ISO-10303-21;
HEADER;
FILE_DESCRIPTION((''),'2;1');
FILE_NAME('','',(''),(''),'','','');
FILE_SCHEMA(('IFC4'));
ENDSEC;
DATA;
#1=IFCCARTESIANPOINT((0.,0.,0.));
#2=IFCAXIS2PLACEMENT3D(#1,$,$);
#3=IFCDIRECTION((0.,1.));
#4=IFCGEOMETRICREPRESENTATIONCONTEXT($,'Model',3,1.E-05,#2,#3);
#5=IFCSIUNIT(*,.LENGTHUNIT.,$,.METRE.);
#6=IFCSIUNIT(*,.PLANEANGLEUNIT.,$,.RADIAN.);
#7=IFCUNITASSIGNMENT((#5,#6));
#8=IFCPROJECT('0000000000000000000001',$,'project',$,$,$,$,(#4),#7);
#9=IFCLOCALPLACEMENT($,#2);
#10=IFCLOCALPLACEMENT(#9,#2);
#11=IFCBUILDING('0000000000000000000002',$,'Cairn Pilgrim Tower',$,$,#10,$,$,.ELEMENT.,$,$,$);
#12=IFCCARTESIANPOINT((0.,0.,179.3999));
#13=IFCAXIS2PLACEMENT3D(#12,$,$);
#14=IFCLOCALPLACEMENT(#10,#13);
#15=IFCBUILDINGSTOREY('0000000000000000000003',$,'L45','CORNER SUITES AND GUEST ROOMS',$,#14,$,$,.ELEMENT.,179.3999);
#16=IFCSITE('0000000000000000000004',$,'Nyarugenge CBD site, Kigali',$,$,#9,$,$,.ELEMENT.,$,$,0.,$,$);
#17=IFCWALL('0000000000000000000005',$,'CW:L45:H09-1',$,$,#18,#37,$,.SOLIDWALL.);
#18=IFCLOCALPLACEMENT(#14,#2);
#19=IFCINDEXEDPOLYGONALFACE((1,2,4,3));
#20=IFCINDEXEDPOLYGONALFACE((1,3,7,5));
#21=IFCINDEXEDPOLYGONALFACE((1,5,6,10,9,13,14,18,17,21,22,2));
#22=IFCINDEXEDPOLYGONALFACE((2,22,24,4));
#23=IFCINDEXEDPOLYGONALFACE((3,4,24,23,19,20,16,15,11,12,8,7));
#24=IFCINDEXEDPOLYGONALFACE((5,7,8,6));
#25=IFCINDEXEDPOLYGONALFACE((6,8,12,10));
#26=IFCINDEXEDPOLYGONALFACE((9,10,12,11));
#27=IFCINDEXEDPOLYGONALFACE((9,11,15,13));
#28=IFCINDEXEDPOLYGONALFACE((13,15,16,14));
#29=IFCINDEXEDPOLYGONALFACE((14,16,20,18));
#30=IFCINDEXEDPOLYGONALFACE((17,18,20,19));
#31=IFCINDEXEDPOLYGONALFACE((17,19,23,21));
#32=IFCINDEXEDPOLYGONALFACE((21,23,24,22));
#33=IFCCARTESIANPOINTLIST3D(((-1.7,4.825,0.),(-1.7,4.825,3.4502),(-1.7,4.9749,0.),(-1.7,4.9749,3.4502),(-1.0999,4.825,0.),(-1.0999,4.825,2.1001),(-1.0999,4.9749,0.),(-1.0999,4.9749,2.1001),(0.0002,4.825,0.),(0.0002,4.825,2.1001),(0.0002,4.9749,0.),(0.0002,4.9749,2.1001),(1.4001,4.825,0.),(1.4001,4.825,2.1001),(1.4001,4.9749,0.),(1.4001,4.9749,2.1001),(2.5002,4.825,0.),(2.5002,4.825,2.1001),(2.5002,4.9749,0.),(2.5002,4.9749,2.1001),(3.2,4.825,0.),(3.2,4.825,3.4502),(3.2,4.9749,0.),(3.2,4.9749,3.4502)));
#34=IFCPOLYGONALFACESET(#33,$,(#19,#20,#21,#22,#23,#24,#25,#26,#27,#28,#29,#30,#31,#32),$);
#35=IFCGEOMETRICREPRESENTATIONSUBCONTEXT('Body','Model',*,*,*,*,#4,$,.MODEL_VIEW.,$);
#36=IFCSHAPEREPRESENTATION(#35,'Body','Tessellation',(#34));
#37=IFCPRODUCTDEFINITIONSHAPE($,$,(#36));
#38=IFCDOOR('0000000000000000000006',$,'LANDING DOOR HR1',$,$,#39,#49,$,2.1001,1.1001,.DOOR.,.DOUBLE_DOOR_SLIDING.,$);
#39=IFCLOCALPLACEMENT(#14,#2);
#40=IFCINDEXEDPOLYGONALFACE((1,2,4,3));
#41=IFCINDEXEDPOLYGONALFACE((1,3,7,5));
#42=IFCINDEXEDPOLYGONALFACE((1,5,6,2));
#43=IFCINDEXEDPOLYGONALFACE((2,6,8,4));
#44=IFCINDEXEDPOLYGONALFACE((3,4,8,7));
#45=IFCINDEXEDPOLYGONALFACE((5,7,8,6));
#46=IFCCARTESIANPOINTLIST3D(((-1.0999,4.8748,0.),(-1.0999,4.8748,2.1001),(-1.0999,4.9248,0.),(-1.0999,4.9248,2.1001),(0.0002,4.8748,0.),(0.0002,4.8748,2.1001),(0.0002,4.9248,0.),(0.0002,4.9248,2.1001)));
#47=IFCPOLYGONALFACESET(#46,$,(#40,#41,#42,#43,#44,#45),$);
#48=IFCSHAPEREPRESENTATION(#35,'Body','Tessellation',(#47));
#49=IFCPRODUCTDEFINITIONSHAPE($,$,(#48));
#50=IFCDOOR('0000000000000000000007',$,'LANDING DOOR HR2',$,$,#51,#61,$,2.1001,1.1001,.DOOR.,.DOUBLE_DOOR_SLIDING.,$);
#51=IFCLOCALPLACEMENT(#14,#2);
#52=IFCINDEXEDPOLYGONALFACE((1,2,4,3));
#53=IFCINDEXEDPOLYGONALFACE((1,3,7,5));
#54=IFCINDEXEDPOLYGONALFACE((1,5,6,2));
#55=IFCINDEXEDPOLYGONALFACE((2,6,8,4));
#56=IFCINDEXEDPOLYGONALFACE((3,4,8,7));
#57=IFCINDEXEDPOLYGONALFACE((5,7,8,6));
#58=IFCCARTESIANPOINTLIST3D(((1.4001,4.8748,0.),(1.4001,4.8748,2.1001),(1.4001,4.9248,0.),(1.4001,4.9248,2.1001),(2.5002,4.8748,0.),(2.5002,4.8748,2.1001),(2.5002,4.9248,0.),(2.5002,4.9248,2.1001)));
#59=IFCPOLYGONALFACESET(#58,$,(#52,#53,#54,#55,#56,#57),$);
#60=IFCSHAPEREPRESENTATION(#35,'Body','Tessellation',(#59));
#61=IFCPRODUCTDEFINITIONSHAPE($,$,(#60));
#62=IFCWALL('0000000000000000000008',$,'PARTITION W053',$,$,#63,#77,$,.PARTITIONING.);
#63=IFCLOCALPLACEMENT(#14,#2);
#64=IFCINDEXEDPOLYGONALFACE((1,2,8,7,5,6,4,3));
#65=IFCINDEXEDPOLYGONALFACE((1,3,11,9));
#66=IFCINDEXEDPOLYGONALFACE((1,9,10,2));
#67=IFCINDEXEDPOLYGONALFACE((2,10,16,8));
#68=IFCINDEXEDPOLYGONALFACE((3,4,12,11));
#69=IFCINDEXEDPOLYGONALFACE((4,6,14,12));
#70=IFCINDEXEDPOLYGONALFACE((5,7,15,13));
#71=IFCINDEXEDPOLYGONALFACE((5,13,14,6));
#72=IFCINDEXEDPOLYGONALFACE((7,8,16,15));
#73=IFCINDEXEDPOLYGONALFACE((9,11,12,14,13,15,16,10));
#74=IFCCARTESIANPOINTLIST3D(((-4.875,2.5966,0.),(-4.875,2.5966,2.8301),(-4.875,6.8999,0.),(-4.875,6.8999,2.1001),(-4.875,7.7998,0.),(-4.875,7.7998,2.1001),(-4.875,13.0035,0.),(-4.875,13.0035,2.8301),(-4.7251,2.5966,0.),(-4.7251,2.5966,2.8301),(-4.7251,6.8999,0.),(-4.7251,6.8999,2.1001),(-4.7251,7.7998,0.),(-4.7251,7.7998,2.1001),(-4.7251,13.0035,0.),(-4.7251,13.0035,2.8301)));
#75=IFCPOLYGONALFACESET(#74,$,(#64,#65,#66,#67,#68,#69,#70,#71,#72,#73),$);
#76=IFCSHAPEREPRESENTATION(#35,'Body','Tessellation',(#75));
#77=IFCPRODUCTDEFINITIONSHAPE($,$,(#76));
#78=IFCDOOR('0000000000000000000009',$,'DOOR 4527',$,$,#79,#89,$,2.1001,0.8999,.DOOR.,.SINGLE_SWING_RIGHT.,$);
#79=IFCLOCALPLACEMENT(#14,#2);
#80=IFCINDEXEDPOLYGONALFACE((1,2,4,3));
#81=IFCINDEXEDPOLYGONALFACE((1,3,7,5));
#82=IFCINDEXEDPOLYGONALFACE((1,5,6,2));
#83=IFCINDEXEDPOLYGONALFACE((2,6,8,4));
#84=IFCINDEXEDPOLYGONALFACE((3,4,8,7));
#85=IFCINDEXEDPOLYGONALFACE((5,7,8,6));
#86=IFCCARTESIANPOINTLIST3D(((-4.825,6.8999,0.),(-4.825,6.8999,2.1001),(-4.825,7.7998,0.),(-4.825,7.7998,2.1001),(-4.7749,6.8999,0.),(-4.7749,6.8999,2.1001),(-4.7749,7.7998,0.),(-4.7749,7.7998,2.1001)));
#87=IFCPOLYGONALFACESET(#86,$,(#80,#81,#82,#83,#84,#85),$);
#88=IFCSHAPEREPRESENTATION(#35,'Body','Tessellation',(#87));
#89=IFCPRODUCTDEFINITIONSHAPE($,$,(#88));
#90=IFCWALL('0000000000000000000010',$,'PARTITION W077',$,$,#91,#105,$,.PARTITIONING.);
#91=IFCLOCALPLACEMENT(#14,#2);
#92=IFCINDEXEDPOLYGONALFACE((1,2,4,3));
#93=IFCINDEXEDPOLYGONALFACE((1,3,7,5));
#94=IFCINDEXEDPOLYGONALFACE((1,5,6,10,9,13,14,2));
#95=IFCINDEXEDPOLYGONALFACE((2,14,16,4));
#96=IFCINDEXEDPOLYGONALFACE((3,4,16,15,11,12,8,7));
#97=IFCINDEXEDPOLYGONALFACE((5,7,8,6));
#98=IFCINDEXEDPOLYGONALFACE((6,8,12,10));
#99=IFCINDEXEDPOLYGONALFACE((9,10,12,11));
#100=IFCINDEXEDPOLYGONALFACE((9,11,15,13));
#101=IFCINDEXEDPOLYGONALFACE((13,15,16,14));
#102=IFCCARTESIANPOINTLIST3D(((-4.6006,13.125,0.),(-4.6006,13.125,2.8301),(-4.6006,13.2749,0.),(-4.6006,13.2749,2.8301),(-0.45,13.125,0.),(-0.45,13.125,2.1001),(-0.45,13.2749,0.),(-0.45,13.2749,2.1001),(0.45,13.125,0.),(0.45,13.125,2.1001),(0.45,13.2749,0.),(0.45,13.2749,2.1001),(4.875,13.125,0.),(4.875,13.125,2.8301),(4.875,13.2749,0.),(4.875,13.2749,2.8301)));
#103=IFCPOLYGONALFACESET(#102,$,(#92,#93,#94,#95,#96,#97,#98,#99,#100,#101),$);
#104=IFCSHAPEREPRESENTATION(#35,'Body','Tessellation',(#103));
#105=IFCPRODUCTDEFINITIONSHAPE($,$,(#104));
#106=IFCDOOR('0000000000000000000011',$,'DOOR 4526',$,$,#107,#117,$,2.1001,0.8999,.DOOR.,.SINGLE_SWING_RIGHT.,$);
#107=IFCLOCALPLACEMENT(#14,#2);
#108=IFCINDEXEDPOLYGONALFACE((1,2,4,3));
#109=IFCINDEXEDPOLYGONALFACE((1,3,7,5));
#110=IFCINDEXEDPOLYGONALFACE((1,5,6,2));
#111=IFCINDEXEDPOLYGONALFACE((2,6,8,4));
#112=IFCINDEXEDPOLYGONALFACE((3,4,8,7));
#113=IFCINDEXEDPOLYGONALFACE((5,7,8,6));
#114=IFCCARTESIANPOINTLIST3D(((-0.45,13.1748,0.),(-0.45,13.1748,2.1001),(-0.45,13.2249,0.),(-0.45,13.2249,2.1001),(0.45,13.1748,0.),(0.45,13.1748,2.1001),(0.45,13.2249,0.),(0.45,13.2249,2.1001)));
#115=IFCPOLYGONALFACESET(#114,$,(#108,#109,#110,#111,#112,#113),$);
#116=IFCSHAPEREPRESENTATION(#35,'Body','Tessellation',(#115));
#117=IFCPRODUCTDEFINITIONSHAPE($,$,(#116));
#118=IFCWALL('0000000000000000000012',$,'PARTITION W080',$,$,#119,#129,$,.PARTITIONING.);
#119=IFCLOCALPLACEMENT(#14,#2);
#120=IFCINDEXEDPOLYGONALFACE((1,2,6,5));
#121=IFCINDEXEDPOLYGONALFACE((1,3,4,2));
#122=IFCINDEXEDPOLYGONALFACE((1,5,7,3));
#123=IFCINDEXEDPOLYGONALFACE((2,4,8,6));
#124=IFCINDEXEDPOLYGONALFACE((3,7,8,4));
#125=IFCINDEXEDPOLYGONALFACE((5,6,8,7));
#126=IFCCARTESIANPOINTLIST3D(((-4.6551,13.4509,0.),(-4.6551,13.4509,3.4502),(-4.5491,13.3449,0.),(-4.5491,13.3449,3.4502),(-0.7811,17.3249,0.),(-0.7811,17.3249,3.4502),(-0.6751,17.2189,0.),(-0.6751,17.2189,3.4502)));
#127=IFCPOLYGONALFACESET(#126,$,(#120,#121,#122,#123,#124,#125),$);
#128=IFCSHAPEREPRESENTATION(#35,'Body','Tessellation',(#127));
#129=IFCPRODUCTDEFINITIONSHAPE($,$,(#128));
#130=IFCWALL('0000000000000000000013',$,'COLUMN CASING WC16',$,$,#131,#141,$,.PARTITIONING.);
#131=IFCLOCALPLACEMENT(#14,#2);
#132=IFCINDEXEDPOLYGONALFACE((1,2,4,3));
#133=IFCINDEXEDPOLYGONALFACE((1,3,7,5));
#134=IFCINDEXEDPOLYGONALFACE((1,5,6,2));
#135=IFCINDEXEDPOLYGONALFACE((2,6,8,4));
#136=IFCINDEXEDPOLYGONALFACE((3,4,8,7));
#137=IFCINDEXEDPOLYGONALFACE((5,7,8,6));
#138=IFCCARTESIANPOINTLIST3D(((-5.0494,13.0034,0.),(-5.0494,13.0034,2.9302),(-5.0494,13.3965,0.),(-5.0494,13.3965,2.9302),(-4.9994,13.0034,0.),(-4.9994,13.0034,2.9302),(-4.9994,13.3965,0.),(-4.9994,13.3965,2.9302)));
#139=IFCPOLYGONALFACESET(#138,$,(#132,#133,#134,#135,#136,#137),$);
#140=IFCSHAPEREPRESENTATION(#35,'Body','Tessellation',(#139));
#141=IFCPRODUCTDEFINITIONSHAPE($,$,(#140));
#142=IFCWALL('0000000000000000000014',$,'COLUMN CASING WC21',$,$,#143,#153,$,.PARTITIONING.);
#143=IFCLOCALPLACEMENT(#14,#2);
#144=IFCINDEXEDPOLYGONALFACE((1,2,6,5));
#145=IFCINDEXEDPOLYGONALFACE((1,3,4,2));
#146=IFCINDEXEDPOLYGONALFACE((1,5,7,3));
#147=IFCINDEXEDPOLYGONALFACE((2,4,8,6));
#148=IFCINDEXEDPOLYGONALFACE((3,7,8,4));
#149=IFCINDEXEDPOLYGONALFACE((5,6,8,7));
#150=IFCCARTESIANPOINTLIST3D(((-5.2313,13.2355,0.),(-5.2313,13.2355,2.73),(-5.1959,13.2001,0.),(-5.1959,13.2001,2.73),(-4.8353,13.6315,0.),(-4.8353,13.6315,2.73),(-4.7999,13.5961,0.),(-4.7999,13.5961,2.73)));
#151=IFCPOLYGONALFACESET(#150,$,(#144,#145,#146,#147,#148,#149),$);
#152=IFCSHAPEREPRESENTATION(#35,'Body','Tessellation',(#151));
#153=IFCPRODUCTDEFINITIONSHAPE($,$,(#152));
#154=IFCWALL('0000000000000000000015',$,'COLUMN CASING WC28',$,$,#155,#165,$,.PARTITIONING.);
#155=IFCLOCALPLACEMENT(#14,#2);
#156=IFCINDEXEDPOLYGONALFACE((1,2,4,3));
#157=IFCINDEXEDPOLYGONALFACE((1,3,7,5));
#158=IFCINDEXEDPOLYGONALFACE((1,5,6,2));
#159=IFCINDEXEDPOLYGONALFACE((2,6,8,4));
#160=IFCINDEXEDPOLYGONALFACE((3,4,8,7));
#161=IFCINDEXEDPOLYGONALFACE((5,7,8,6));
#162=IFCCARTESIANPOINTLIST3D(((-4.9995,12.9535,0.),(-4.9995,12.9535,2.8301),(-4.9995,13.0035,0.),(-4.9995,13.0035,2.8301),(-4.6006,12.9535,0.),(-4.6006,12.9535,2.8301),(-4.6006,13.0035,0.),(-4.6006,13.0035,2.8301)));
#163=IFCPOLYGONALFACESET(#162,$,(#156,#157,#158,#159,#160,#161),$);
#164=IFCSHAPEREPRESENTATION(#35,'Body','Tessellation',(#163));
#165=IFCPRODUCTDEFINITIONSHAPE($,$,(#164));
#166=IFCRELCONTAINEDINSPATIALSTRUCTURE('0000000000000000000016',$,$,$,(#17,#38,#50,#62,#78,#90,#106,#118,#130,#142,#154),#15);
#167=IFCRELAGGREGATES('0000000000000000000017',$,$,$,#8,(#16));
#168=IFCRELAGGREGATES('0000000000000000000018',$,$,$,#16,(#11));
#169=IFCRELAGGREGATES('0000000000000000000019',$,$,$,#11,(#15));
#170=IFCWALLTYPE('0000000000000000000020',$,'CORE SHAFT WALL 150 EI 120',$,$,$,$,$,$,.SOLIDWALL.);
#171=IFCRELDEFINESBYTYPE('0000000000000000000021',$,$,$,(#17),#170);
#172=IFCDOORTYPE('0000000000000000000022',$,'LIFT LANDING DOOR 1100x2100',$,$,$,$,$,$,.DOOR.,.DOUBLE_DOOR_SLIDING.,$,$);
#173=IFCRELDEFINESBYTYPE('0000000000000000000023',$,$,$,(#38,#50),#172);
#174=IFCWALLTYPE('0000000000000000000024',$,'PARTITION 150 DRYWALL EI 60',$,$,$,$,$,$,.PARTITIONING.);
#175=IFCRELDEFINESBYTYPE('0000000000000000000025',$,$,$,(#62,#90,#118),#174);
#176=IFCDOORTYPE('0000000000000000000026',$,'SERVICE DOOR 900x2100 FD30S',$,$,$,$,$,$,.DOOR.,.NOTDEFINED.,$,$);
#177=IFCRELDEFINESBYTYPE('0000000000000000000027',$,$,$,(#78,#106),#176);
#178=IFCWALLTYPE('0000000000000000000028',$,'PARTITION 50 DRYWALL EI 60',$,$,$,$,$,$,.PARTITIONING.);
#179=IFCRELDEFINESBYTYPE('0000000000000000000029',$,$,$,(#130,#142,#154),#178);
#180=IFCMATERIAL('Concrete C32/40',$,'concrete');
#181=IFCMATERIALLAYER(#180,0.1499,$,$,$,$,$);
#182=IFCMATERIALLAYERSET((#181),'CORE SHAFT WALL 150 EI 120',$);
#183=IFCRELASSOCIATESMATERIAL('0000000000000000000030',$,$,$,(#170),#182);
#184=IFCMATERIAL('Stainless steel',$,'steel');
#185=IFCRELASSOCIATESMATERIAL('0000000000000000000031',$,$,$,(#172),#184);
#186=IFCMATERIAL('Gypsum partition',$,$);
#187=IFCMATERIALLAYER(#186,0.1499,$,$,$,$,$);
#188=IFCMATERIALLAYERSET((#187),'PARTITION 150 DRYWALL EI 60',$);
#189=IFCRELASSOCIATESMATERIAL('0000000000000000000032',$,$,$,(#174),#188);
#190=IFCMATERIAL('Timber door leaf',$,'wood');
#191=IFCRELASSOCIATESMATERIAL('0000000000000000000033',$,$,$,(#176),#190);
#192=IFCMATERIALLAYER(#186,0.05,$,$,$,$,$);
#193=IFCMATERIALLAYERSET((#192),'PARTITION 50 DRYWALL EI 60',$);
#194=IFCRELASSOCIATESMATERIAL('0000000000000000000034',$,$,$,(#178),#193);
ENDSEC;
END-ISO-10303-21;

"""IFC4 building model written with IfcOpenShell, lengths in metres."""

from ifc_helpers import new_model, si_unit, direction, frame, frame_2d, origin, place, context, subcontext, project, spatial, rectangle, extrude, material, layer, layer_set, type_object, element, fill, save


model = new_model("IFC4")

# Units and contexts
model_context = context("Model", 3, precision=1e-05, world=origin(), true_north=direction((0.0, 1.0)))
body_context = subcontext(model_context, "Body", "Model", "MODEL_VIEW")
ifc_project = project(units=[si_unit("LENGTHUNIT", "METRE"), si_unit("PLANEANGLEUNIT", "RADIAN")], contexts=[model_context])

# Site, building, storey
site_placement = place(None, origin())
site = spatial("IfcSite", under=ifc_project, at=site_placement, Name="Nyarugenge CBD site, Kigali", CompositionType="ELEMENT", RefElevation=0.0)
building_placement = place(site_placement, origin())
building = spatial("IfcBuilding", under=site, at=building_placement, Name="Cairn Pilgrim Tower", CompositionType="ELEMENT")
storey_placement = place(building_placement, frame((0.0, 0.0, 179.3999)))
storey = spatial("IfcBuildingStorey", under=building, at=storey_placement, Name="L45", Description="CORNER SUITES AND GUEST ROOMS", CompositionType="ELEMENT", Elevation=179.3999)

# Wall, openings, doors
ifc_material_1 = material(Name="Concrete C32/40", Category="concrete")
ifc_layer_1 = layer(ifc_material_1, 0.1499)
ifc_layer_set_1 = layer_set([ifc_layer_1], Name="CORE SHAFT WALL 150 EI 120")
wall_type_1 = type_object("IfcWallType", Name="CORE SHAFT WALL 150 EI 120", PredefinedType="SOLIDWALL", material=ifc_layer_set_1)
wall_1_placement = place(storey_placement, frame((-1.7, 4.8999, 0.0), z_axis=(0.0, 0.0, 1.0), x_axis=(1.0, 0.0, 0.0)))
wall_1 = element("IfcWall", 1, at=wall_1_placement, inside=storey, type_object=wall_type_1, Name="CW:L45:H09-1", PredefinedType="SOLIDWALL", context=body_context, shape_type="SweptSolid", body=[
    extrude(rectangle(XDim=4.8999, YDim=0.1499, at=frame_2d((2.45, 0.0))), origin(), (0.0, 0.0, 1.0), 3.4502),
])
opening_1_placement = place(wall_1_placement, frame((0.6001, 0.0, 0.0)))
opening_1 = element("IfcOpeningElement", 2, at=opening_1_placement, cuts=wall_1, PredefinedType="OPENING", context=body_context, shape_type="SweptSolid", body=[
    extrude(rectangle(XDim=1.1001, YDim=2.1001, at=frame_2d((0.55, 1.05))), frame((0.0, 0.085, 0.0), z_axis=(0.0, -1.0, 0.0), x_axis=(1.0, 0.0, 0.0)), (0.0, 0.0, 1.0), 0.1699),
])
opening_2_placement = place(wall_1_placement, frame((3.1001, 0.0, 0.0)))
opening_2 = element("IfcOpeningElement", 3, at=opening_2_placement, cuts=wall_1, PredefinedType="OPENING", context=body_context, shape_type="SweptSolid", body=[
    extrude(rectangle(XDim=1.1001, YDim=2.1001, at=frame_2d((0.55, 1.05))), frame((0.0, 0.085, 0.0), z_axis=(0.0, -1.0, 0.0), x_axis=(1.0, 0.0, 0.0)), (0.0, 0.0, 1.0), 0.1699),
])
ifc_material_2 = material(Name="Stainless steel", Category="steel")
door_type_1 = type_object("IfcDoorType", Name="LIFT LANDING DOOR 1100x2100", OperationType="DOUBLE_DOOR_SLIDING", PredefinedType="DOOR", material=ifc_material_2)
door_1_placement = place(opening_1_placement, origin())
door_1 = element("IfcDoor", 4, at=door_1_placement, inside=storey, type_object=door_type_1, Name="LANDING DOOR HR1", OperationType="DOUBLE_DOOR_SLIDING", OverallHeight=2.1001, OverallWidth=1.1001, PredefinedType="DOOR", context=body_context, shape_type="SweptSolid", body=[
    extrude(rectangle(XDim=1.1001, YDim=2.1001, at=frame_2d((0.55, 1.05))), frame((0.0, 0.0249, 0.0), z_axis=(0.0, -1.0, 0.0), x_axis=(1.0, 0.0, 0.0)), (0.0, 0.0, 1.0), 0.05),
])
fill(opening_1, door_1)
door_2_placement = place(opening_2_placement, origin())
door_2 = element("IfcDoor", 5, at=door_2_placement, inside=storey, type_object=door_type_1, Name="LANDING DOOR HR2", OperationType="DOUBLE_DOOR_SLIDING", OverallHeight=2.1001, OverallWidth=1.1001, PredefinedType="DOOR", context=body_context, shape_type="SweptSolid", body=[
    extrude(rectangle(XDim=1.1001, YDim=2.1001, at=frame_2d((0.55, 1.05))), frame((0.0, 0.0249, 0.0), z_axis=(0.0, -1.0, 0.0), x_axis=(1.0, 0.0, 0.0)), (0.0, 0.0, 1.0), 0.05),
])
fill(opening_2, door_2)

# Walls, openings, doors
ifc_material_3 = material(Name="Gypsum partition")
ifc_layer_2 = layer(ifc_material_3, 0.1499)
ifc_layer_set_2 = layer_set([ifc_layer_2], Name="PARTITION 150 DRYWALL EI 60")
wall_type_2 = type_object("IfcWallType", Name="PARTITION 150 DRYWALL EI 60", PredefinedType="PARTITIONING", material=ifc_layer_set_2)
wall_2_placement = place(storey_placement, frame((-4.8, 2.5964, 0.0), z_axis=(0.0, 0.0, 1.0), x_axis=(0.0, 1.0, 0.0)))
wall_2 = element("IfcWall", 6, at=wall_2_placement, inside=storey, type_object=wall_type_2, Name="PARTITION W053", PredefinedType="PARTITIONING", context=body_context, shape_type="SweptSolid", body=[
    extrude(rectangle(XDim=10.407, YDim=0.1499, at=frame_2d((5.2036, 0.0))), origin(), (0.0, 0.0, 1.0), 2.8301),
])
opening_3_placement = place(wall_2_placement, frame((4.3035, 0.0, 0.0)))
opening_3 = element("IfcOpeningElement", 7, at=opening_3_placement, cuts=wall_2, PredefinedType="OPENING", context=body_context, shape_type="SweptSolid", body=[
    extrude(rectangle(XDim=0.8999, YDim=2.1001, at=frame_2d((0.45, 1.05))), frame((0.0, 0.085, 0.0), z_axis=(0.0, -1.0, 0.0), x_axis=(1.0, 0.0, 0.0)), (0.0, 0.0, 1.0), 0.1699),
])
ifc_material_4 = material(Name="Timber door leaf", Category="wood")
door_type_2 = type_object("IfcDoorType", Name="SERVICE DOOR 900x2100 FD30S", OperationType="NOTDEFINED", PredefinedType="DOOR", material=ifc_material_4)
door_3_placement = place(opening_3_placement, origin())
door_3 = element("IfcDoor", 8, at=door_3_placement, inside=storey, type_object=door_type_2, Name="DOOR 4527", OperationType="SINGLE_SWING_RIGHT", OverallHeight=2.1001, OverallWidth=0.8999, PredefinedType="DOOR", context=body_context, shape_type="SweptSolid", body=[
    extrude(rectangle(XDim=0.8999, YDim=2.1001, at=frame_2d((0.45, 1.05))), frame((0.0, 0.0249, 0.0), z_axis=(0.0, -1.0, 0.0), x_axis=(1.0, 0.0, 0.0)), (0.0, 0.0, 1.0), 0.05),
])
fill(opening_3, door_3)
wall_3_placement = place(storey_placement, frame((-4.6006, 13.2, 0.0), z_axis=(0.0, 0.0, 1.0), x_axis=(1.0, 0.0, 0.0)))
wall_3 = element("IfcWall", 9, at=wall_3_placement, inside=storey, type_object=wall_type_2, Name="PARTITION W077", PredefinedType="PARTITIONING", context=body_context, shape_type="SweptSolid", body=[
    extrude(rectangle(XDim=9.4756, YDim=0.1499, at=frame_2d((4.7378, 0.0))), origin(), (0.0, 0.0, 1.0), 2.8301),
])
opening_4_placement = place(wall_3_placement, frame((4.1506, 0.0, 0.0)))
opening_4 = element("IfcOpeningElement", 10, at=opening_4_placement, cuts=wall_3, PredefinedType="OPENING", context=body_context, shape_type="SweptSolid", body=[
    extrude(rectangle(XDim=0.8999, YDim=2.1001, at=frame_2d((0.45, 1.05))), frame((0.0, 0.085, 0.0), z_axis=(0.0, -1.0, 0.0), x_axis=(1.0, 0.0, 0.0)), (0.0, 0.0, 1.0), 0.1699),
])
door_4_placement = place(opening_4_placement, origin())
door_4 = element("IfcDoor", 11, at=door_4_placement, inside=storey, type_object=door_type_2, Name="DOOR 4526", OperationType="SINGLE_SWING_RIGHT", OverallHeight=2.1001, OverallWidth=0.8999, PredefinedType="DOOR", context=body_context, shape_type="SweptSolid", body=[
    extrude(rectangle(XDim=0.8999, YDim=2.1001, at=frame_2d((0.45, 1.05))), frame((0.0, 0.0249, 0.0), z_axis=(0.0, -1.0, 0.0), x_axis=(1.0, 0.0, 0.0)), (0.0, 0.0, 1.0), 0.05),
])
fill(opening_4, door_4)

# Walls
wall_4_placement = place(storey_placement, frame((-4.6021, 13.3979, 0.0), z_axis=(0.0, 0.0, 1.0), x_axis=(0.707107, 0.707107, 0.0)))
element("IfcWall", 12, at=wall_4_placement, inside=storey, type_object=wall_type_2, Name="PARTITION W080", PredefinedType="PARTITIONING", context=body_context, shape_type="SweptSolid", body=[
    extrude(rectangle(XDim=5.4788, YDim=0.1499, at=frame_2d((2.7393, 0.0))), origin(), (0.0, 0.0, 1.0), 3.4502),
])
ifc_layer_3 = layer(ifc_material_3, 0.05)
ifc_layer_set_3 = layer_set([ifc_layer_3], Name="PARTITION 50 DRYWALL EI 60")
wall_type_3 = type_object("IfcWallType", Name="PARTITION 50 DRYWALL EI 60", PredefinedType="PARTITIONING", material=ifc_layer_set_3)
wall_5_placement = place(storey_placement, frame((-5.0244, 13.0034, 0.0), z_axis=(0.0, 0.0, 1.0), x_axis=(0.0, 1.0, 0.0)))
element("IfcWall", 13, at=wall_5_placement, inside=storey, type_object=wall_type_3, Name="COLUMN CASING WC16", PredefinedType="PARTITIONING", context=body_context, shape_type="SweptSolid", body=[
    extrude(rectangle(XDim=0.3931, YDim=0.05, at=frame_2d((0.1965, 0.0))), origin(), (0.0, 0.0, 1.0), 2.9302),
])
wall_6_placement = place(storey_placement, frame((-5.2136, 13.2178, 0.0), z_axis=(0.0, 0.0, 1.0), x_axis=(0.707107, 0.707107, 0.0)))
element("IfcWall", 14, at=wall_6_placement, inside=storey, type_object=wall_type_3, Name="COLUMN CASING WC21", PredefinedType="PARTITIONING", context=body_context, shape_type="SweptSolid", body=[
    extrude(rectangle(XDim=0.5601, YDim=0.05, at=frame_2d((0.28, 0.0))), origin(), (0.0, 0.0, 1.0), 2.73),
])
wall_7_placement = place(storey_placement, frame((-4.9995, 12.9785, 0.0), z_axis=(0.0, 0.0, 1.0), x_axis=(1.0, 0.0, 0.0)))
element("IfcWall", 15, at=wall_7_placement, inside=storey, type_object=wall_type_3, Name="COLUMN CASING WC28", PredefinedType="PARTITIONING", context=body_context, shape_type="SweptSolid", body=[
    extrude(rectangle(XDim=0.3989, YDim=0.05, at=frame_2d((0.1995, 0.0))), origin(), (0.0, 0.0, 1.0), 2.8301),
])

save(model, "model.ifc")
